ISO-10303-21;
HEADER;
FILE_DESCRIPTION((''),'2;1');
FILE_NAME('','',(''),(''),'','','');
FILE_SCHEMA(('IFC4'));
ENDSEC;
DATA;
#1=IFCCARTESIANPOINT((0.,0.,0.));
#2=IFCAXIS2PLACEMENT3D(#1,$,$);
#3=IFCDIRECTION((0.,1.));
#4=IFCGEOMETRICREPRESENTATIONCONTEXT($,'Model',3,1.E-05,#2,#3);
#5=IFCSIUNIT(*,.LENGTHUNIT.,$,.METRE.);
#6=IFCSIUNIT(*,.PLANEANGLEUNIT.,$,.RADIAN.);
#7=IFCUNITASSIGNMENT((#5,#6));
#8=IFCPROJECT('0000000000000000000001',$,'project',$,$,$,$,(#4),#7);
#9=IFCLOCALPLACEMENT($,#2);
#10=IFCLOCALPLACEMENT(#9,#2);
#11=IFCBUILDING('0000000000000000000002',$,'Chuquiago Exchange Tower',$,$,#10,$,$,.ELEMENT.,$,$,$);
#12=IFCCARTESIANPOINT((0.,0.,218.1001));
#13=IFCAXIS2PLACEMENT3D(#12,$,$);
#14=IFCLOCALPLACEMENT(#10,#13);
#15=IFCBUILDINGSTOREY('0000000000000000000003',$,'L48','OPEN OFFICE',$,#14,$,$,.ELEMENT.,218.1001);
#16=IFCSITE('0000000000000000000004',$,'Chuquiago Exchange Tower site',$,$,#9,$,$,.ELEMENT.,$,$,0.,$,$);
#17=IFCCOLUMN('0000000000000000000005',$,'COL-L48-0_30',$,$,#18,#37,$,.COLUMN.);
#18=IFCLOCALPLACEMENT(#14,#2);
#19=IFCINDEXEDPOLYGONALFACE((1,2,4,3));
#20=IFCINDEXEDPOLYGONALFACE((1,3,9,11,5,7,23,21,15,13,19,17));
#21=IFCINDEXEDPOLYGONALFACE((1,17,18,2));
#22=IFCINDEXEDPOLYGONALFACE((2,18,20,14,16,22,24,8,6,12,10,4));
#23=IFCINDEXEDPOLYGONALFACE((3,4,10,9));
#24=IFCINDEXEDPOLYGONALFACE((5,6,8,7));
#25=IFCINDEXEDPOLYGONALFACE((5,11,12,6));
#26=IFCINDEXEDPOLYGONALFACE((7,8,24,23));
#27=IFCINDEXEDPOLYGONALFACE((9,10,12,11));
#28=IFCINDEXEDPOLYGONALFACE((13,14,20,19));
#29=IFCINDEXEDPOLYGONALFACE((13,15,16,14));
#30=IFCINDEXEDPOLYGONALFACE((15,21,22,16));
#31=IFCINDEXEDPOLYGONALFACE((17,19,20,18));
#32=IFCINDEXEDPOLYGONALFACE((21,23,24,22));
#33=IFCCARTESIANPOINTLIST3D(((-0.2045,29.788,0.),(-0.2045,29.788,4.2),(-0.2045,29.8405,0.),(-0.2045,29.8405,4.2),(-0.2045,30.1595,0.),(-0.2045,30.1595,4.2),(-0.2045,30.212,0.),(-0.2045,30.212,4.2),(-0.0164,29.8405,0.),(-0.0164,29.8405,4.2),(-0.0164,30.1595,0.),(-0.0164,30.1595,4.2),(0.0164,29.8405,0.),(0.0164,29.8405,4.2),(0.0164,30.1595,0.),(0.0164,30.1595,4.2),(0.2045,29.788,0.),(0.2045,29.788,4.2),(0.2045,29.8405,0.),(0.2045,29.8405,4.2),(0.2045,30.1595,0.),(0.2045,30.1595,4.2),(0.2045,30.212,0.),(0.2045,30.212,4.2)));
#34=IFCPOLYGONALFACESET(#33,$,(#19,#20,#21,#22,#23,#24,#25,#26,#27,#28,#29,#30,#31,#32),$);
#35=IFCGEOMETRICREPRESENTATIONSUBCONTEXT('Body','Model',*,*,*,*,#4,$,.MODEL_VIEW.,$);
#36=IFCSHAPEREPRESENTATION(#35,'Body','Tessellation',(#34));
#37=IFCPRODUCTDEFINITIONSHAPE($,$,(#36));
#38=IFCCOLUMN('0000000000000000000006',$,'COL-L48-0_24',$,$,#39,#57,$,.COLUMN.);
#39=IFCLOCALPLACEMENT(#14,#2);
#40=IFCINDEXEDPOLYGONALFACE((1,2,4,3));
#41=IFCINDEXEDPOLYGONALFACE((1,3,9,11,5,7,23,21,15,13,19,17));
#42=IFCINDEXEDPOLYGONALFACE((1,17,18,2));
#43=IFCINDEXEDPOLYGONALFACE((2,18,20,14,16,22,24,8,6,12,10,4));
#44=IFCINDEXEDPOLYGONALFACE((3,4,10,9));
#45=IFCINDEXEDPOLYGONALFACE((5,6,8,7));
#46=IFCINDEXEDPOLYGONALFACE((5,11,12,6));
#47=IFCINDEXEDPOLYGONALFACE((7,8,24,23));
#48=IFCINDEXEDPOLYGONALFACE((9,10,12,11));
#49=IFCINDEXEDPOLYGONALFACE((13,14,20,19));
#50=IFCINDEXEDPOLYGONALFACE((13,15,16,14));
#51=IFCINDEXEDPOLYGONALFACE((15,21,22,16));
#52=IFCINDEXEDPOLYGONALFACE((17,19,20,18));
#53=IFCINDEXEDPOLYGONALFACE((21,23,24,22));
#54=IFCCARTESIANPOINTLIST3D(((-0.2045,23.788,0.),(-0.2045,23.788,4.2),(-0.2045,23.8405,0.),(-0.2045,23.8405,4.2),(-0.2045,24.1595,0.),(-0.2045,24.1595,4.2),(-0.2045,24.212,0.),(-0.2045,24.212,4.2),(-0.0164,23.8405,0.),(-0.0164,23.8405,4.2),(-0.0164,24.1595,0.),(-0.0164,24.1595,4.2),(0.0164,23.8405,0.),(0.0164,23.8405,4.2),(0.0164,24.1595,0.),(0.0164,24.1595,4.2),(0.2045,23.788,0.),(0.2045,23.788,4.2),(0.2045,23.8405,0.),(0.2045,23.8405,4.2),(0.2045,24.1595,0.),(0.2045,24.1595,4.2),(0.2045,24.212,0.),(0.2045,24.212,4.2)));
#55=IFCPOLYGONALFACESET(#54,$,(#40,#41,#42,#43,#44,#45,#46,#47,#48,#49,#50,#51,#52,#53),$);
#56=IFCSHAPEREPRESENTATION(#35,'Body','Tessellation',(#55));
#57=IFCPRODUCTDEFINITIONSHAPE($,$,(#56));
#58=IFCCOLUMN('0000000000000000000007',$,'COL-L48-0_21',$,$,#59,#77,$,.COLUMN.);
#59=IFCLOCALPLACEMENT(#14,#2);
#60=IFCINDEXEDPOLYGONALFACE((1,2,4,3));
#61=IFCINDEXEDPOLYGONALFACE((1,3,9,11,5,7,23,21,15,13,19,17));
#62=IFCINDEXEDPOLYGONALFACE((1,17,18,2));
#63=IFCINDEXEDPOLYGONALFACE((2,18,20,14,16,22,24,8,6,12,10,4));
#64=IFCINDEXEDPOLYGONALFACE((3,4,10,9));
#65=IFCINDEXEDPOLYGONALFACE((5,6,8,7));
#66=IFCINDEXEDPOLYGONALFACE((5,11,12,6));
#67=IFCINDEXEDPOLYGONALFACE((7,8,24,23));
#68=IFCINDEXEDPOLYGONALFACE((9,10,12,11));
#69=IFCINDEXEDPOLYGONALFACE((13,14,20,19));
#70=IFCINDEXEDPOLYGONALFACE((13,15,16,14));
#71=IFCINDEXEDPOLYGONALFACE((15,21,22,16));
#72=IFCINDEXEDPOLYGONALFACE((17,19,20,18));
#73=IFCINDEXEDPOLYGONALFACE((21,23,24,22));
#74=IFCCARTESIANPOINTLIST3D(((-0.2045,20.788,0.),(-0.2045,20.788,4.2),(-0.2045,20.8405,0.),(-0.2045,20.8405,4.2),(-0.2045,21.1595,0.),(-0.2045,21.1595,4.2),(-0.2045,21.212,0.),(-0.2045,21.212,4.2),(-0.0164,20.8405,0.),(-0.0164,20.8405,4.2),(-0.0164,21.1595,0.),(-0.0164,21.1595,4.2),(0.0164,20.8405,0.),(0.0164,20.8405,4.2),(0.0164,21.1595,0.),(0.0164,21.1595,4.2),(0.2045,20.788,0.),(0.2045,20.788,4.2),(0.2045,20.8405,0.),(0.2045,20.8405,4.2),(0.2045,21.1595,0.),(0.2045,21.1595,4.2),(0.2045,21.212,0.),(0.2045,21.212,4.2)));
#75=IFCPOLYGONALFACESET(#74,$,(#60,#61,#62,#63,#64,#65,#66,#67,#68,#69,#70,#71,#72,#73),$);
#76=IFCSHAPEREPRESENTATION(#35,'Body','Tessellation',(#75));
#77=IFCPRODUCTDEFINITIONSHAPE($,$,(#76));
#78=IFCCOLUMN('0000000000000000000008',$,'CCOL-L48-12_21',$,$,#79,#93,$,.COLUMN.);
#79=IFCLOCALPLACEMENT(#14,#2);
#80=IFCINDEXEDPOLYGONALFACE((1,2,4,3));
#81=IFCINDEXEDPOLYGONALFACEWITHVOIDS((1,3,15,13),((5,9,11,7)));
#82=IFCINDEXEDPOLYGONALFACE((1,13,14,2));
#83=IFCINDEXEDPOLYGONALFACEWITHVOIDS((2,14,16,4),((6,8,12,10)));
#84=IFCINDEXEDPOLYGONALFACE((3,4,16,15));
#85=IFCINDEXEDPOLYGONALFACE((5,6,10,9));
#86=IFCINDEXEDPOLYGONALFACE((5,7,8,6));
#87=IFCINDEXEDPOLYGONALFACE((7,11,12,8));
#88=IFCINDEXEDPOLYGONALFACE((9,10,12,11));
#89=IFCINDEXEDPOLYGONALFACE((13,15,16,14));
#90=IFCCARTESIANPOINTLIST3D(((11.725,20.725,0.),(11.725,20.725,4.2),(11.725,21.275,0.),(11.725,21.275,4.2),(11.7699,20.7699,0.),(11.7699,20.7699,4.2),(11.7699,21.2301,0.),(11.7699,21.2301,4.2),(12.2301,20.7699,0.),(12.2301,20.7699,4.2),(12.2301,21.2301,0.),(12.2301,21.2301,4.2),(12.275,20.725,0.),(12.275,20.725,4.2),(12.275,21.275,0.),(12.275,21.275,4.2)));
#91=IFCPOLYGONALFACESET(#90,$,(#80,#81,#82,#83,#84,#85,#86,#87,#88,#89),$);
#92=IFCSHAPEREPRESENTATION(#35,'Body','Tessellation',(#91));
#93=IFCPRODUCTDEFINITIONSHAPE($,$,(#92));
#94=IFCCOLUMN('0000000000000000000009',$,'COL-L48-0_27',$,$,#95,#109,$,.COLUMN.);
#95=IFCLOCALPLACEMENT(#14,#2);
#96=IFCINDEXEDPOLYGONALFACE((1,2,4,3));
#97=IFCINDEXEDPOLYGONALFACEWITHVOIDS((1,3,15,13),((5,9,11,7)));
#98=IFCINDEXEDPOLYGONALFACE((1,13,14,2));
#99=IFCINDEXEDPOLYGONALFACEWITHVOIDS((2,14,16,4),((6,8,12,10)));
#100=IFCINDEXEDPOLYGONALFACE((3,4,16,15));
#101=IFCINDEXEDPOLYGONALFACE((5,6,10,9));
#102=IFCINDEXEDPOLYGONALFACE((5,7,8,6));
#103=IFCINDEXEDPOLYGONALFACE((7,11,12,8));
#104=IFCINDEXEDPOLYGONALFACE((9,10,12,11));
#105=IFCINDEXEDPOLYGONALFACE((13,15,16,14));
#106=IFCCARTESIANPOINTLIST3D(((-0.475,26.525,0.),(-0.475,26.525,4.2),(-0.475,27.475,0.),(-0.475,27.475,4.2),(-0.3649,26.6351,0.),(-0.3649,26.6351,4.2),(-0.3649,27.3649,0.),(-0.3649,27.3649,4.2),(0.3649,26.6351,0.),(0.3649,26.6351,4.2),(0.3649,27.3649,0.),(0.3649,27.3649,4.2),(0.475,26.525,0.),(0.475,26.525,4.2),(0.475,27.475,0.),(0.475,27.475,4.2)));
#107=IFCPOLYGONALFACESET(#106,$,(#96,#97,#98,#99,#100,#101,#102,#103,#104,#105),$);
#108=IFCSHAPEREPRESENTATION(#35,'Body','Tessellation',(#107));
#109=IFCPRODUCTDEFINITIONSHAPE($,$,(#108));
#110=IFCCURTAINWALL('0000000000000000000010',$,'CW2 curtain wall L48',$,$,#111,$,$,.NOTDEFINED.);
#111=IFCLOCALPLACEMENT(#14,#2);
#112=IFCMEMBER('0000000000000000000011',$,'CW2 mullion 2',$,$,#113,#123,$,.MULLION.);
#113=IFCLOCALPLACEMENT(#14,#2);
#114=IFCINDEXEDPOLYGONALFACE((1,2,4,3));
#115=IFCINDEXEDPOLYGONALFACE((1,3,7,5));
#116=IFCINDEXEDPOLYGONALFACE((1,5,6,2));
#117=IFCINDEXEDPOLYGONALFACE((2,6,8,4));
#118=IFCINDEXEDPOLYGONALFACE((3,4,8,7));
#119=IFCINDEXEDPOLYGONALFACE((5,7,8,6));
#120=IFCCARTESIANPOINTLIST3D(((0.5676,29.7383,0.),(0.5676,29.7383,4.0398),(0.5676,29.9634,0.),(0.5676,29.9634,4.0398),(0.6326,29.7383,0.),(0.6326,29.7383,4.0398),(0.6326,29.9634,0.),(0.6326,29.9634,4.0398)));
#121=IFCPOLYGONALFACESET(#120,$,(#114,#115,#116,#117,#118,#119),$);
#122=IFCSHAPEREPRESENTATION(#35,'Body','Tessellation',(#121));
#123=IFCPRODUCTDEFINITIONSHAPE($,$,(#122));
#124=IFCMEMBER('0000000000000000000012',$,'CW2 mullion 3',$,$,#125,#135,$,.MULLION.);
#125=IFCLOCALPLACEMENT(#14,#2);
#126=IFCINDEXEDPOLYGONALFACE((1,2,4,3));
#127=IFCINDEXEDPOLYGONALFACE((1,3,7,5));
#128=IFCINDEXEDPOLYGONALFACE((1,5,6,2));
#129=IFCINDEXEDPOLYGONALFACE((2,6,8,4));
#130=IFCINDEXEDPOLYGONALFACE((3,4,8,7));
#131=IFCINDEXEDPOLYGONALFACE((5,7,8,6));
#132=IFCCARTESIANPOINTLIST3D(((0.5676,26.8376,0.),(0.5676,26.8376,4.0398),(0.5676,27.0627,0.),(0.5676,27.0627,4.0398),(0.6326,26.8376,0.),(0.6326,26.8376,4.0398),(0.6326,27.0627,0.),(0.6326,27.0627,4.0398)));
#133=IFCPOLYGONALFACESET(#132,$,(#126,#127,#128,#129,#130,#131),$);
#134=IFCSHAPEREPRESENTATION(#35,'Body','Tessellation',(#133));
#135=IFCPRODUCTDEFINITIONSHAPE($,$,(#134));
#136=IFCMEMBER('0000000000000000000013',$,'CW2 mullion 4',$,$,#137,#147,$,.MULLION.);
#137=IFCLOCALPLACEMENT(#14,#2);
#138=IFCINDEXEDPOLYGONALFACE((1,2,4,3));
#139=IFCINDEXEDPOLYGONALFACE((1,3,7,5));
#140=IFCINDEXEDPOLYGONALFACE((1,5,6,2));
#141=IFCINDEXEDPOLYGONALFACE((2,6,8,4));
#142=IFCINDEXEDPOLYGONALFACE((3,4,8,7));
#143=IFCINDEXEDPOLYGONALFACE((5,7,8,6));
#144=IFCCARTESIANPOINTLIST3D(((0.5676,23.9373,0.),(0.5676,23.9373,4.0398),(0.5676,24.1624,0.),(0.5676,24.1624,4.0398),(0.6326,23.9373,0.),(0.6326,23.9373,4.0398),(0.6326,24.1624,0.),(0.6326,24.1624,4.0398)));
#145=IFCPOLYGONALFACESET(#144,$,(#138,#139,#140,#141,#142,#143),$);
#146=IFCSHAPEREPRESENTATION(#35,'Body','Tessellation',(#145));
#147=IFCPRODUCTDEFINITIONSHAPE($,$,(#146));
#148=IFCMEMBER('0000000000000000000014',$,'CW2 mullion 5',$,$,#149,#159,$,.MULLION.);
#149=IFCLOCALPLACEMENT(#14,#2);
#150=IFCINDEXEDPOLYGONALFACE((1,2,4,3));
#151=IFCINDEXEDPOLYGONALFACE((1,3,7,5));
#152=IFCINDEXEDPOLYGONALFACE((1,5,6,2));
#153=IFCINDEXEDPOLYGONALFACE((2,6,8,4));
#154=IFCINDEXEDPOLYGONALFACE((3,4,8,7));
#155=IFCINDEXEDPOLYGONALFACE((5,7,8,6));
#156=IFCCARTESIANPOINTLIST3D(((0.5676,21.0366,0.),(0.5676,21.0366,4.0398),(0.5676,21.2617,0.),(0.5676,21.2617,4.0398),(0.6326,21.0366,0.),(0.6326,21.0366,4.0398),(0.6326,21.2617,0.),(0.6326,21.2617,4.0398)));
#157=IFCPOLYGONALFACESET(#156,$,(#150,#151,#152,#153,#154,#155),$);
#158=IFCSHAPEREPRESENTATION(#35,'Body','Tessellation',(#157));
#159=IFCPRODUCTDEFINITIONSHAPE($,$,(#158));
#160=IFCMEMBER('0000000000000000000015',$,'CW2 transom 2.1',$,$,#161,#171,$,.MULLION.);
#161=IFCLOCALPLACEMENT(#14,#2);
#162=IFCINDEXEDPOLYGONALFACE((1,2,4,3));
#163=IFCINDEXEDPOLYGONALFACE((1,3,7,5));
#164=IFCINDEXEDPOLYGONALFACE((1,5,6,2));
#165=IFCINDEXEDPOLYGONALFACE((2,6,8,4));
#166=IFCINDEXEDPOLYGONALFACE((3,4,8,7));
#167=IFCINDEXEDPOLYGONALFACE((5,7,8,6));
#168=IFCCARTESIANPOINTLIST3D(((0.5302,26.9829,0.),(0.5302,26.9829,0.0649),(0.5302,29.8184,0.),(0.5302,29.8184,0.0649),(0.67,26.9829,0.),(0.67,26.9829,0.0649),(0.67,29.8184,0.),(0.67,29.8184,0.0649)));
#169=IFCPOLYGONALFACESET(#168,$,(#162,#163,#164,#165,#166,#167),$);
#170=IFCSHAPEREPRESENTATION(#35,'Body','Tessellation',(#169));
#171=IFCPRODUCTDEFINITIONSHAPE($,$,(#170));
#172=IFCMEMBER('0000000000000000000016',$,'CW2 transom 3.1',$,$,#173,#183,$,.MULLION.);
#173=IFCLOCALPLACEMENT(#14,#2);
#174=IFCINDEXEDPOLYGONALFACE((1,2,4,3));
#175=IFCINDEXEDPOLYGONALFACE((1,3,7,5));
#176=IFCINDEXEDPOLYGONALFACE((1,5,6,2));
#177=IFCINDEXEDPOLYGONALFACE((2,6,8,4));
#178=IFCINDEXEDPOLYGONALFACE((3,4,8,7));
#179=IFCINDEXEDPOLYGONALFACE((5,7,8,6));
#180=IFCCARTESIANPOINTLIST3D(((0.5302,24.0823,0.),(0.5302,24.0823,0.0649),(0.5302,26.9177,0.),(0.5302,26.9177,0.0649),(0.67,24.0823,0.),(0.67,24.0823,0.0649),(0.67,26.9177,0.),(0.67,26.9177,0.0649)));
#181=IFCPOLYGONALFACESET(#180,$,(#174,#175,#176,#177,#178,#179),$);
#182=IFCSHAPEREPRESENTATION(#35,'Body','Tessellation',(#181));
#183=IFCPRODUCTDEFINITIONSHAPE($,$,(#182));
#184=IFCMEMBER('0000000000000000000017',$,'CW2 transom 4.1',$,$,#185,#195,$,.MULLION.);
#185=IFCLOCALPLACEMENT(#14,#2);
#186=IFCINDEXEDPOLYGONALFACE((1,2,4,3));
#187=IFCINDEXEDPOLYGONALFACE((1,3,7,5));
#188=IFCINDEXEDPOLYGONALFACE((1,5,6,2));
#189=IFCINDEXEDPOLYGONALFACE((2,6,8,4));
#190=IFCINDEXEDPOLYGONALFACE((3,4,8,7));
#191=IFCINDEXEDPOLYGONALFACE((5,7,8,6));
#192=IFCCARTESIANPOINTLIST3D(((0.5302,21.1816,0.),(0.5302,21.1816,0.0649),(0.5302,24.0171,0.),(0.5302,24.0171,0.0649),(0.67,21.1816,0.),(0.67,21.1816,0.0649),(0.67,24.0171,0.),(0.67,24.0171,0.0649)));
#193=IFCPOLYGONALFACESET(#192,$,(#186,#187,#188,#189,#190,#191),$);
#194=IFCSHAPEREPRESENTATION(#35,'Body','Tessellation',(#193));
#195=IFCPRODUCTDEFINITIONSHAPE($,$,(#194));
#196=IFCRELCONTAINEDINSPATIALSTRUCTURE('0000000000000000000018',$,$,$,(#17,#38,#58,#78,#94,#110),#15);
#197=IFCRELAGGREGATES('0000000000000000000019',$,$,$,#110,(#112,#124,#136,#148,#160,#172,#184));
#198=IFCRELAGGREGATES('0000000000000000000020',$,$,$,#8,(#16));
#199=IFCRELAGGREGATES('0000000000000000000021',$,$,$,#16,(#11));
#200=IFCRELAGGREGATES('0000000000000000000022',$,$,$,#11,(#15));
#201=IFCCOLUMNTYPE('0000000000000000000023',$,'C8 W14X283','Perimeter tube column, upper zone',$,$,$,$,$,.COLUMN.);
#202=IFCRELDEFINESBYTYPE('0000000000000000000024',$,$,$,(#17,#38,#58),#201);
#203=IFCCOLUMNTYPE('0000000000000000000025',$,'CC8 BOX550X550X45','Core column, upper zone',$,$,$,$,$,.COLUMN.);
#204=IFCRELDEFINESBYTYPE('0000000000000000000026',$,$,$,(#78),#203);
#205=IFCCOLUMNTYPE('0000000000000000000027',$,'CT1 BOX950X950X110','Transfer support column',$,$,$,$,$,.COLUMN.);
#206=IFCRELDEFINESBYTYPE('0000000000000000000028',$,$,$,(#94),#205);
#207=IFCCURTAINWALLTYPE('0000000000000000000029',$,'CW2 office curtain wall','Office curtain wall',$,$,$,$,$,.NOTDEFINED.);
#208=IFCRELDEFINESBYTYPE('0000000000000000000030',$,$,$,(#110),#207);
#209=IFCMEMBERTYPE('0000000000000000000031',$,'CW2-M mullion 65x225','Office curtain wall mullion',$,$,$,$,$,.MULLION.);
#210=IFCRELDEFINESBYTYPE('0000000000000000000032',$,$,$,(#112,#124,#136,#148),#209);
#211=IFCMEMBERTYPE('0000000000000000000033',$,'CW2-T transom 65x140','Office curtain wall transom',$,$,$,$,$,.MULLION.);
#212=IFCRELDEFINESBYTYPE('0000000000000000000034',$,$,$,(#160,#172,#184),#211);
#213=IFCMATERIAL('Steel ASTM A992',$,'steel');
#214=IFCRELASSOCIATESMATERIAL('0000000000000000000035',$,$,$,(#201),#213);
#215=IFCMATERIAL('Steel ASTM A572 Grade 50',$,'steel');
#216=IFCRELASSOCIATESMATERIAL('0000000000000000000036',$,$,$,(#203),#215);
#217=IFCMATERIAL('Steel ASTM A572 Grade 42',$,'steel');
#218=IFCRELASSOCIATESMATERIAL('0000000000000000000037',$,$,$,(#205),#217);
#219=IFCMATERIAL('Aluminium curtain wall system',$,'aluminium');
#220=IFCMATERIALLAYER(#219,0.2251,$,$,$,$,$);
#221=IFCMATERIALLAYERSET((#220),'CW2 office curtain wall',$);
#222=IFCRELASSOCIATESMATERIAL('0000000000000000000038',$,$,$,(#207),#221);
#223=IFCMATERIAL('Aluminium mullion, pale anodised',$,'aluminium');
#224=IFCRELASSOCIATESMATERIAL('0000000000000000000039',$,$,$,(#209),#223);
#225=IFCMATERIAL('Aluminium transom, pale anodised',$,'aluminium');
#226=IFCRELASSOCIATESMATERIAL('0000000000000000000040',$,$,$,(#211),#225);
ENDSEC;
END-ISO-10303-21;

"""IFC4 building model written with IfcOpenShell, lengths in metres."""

from ifc_helpers import new_model, si_unit, direction, frame, origin, origin_2d, place, context, subcontext, project, spatial, rectangle, hollow_rectangle, i_section, extrude, material, layer, layer_set, material_profile, profile_set, type_object, element, aggregate, save


model = new_model("IFC4")

# Units and contexts
model_context = context("Model", 3, precision=1e-05, world=origin(), true_north=direction((0.0, 1.0)))
body_context = subcontext(model_context, "Body", "Model", "MODEL_VIEW")
ifc_project = project(units=[si_unit("LENGTHUNIT", "METRE"), si_unit("PLANEANGLEUNIT", "RADIAN")], contexts=[model_context])

# Site, building, storey
site_placement = place(None, origin())
site = spatial("IfcSite", under=ifc_project, at=site_placement, Name="Chuquiago Exchange Tower site", CompositionType="ELEMENT", RefElevation=0.0)
building_placement = place(site_placement, origin())
building = spatial("IfcBuilding", under=site, at=building_placement, Name="Chuquiago Exchange Tower", CompositionType="ELEMENT")
storey_placement = place(building_placement, frame((0.0, 0.0, 218.1001)))
storey = spatial("IfcBuildingStorey", under=building, at=storey_placement, Name="L48", Description="OPEN OFFICE", CompositionType="ELEMENT", Elevation=218.1001)

# Columns
ifc_material_1 = material(Name="Steel ASTM A992", Category="steel")
ifc_material_profile_1 = material_profile(ifc_material_1, i_section(OverallWidth=0.4089, OverallDepth=0.4241, WebThickness=0.0327, FlangeThickness=0.0525, at=origin_2d()), Name="W14X283")
ifc_profile_set_1 = profile_set([ifc_material_profile_1], Name="Steel ASTM A992")
column_type_1 = type_object("IfcColumnType", Name="C8 W14X283", Description="Perimeter tube column, upper zone", PredefinedType="COLUMN", material=ifc_profile_set_1)
for number, where, z_axis, x_axis, name in (
    (1, (0.0, 30.0, 0.0), (0.0, 0.0, 1.0), (-1.0, 0.0, 0.0), "COL-L48-0_30"),
    (2, (0.0, 24.0, 0.0), (0.0, 0.0, 1.0), (-1.0, 0.0, 0.0), "COL-L48-0_24"),
    (3, (0.0, 21.0, 0.0), (0.0, 0.0, 1.0), (-1.0, 0.0, 0.0), "COL-L48-0_21"),
):
    element("IfcColumn", number, at=place(storey_placement, frame(where, z_axis=z_axis, x_axis=x_axis)), inside=storey, type_object=column_type_1, Name=name, PredefinedType="COLUMN", context=body_context, shape_type="SweptSolid", body=[
        extrude(i_section(OverallWidth=0.4089, OverallDepth=0.4241, WebThickness=0.0327, FlangeThickness=0.0525, at=origin_2d()), origin(), (0.0, 0.0, 1.0), 4.2),
    ])
ifc_material_2 = material(Name="Steel ASTM A572 Grade 50", Category="steel")
ifc_material_profile_2 = material_profile(ifc_material_2, hollow_rectangle(XDim=0.55, YDim=0.55, WallThickness=0.0449, at=origin_2d()), Name="BOX550X550X45")
ifc_profile_set_2 = profile_set([ifc_material_profile_2], Name="Steel ASTM A572 Grade 50")
column_type_2 = type_object("IfcColumnType", Name="CC8 BOX550X550X45", Description="Core column, upper zone", PredefinedType="COLUMN", material=ifc_profile_set_2)
column_1_placement = place(storey_placement, frame((12.0, 21.0, 0.0), z_axis=(0.0, 0.0, 1.0), x_axis=(1.0, 0.0, 0.0)))
element("IfcColumn", 4, at=column_1_placement, inside=storey, type_object=column_type_2, Name="CCOL-L48-12_21", PredefinedType="COLUMN", context=body_context, shape_type="SweptSolid", body=[
    extrude(hollow_rectangle(XDim=0.55, YDim=0.55, WallThickness=0.0449, at=origin_2d()), origin(), (0.0, 0.0, 1.0), 4.2),
])
ifc_material_3 = material(Name="Steel ASTM A572 Grade 42", Category="steel")
ifc_material_profile_3 = material_profile(ifc_material_3, hollow_rectangle(XDim=0.95, YDim=0.95, WallThickness=0.1101, at=origin_2d()), Name="BOX950X950X110")
ifc_profile_set_3 = profile_set([ifc_material_profile_3], Name="Steel ASTM A572 Grade 42")
column_type_3 = type_object("IfcColumnType", Name="CT1 BOX950X950X110", Description="Transfer support column", PredefinedType="COLUMN", material=ifc_profile_set_3)
column_2_placement = place(storey_placement, frame((0.0, 27.0, 0.0), z_axis=(0.0, 0.0, 1.0), x_axis=(-1.0, 0.0, 0.0)))
element("IfcColumn", 5, at=column_2_placement, inside=storey, type_object=column_type_3, Name="COL-L48-0_27", PredefinedType="COLUMN", context=body_context, shape_type="SweptSolid", body=[
    extrude(hollow_rectangle(XDim=0.95, YDim=0.95, WallThickness=0.1101, at=origin_2d()), origin(), (0.0, 0.0, 1.0), 4.2),
])

# Curtain wall, members
ifc_material_4 = material(Name="Aluminium curtain wall system", Category="aluminium")
ifc_layer_1 = layer(ifc_material_4, 0.2251)
ifc_layer_set_1 = layer_set([ifc_layer_1], Name="CW2 office curtain wall")
curtain_wall_type = type_object("IfcCurtainWallType", Name="CW2 office curtain wall", Description="Office curtain wall", PredefinedType="NOTDEFINED", material=ifc_layer_set_1)
curtain_wall_placement = place(storey_placement, origin())
curtain_wall = element("IfcCurtainWall", 6, at=curtain_wall_placement, inside=storey, type_object=curtain_wall_type, Name="CW2 curtain wall L48", PredefinedType="NOTDEFINED")
ifc_material_5 = material(Name="Aluminium mullion, pale anodised", Category="aluminium")
ifc_material_profile_4 = material_profile(ifc_material_5, rectangle(XDim=0.0649, YDim=0.2251, at=origin_2d()), Name="AL 65x225")
ifc_profile_set_4 = profile_set([ifc_material_profile_4], Name="Aluminium mullion, pale anodised")
member_type_1 = type_object("IfcMemberType", Name="CW2-M mullion 65x225", Description="Office curtain wall mullion", PredefinedType="MULLION", material=ifc_profile_set_4)
member_1_placement = place(storey_placement, frame((0.6001, 29.8508, 0.0), z_axis=(0.0, 0.0, 1.0), x_axis=(1.0, 0.0, 0.0)))
member_1 = element("IfcMember", 7, at=member_1_placement, type_object=member_type_1, Name="CW2 mullion 2", PredefinedType="MULLION", context=body_context, shape_type="SweptSolid", body=[
    extrude(rectangle(XDim=0.0649, YDim=0.2251, at=origin_2d()), origin(), (0.0, 0.0, 1.0), 4.0398),
])
member_2_placement = place(storey_placement, frame((0.6001, 26.9502, 0.0), z_axis=(0.0, 0.0, 1.0), x_axis=(1.0, 0.0, 0.0)))
member_2 = element("IfcMember", 8, at=member_2_placement, type_object=member_type_1, Name="CW2 mullion 3", PredefinedType="MULLION", context=body_context, shape_type="SweptSolid", body=[
    extrude(rectangle(XDim=0.0649, YDim=0.2251, at=origin_2d()), origin(), (0.0, 0.0, 1.0), 4.0398),
])
member_3_placement = place(storey_placement, frame((0.6001, 24.0498, 0.0), z_axis=(0.0, 0.0, 1.0), x_axis=(1.0, 0.0, 0.0)))
member_3 = element("IfcMember", 9, at=member_3_placement, type_object=member_type_1, Name="CW2 mullion 4", PredefinedType="MULLION", context=body_context, shape_type="SweptSolid", body=[
    extrude(rectangle(XDim=0.0649, YDim=0.2251, at=origin_2d()), origin(), (0.0, 0.0, 1.0), 4.0398),
])
member_4_placement = place(storey_placement, frame((0.6001, 21.1492, 0.0), z_axis=(0.0, 0.0, 1.0), x_axis=(1.0, 0.0, 0.0)))
member_4 = element("IfcMember", 10, at=member_4_placement, type_object=member_type_1, Name="CW2 mullion 5", PredefinedType="MULLION", context=body_context, shape_type="SweptSolid", body=[
    extrude(rectangle(XDim=0.0649, YDim=0.2251, at=origin_2d()), origin(), (0.0, 0.0, 1.0), 4.0398),
])
ifc_material_6 = material(Name="Aluminium transom, pale anodised", Category="aluminium")
ifc_material_profile_5 = material_profile(ifc_material_6, rectangle(XDim=0.1399, YDim=0.0649, at=origin_2d()), Name="AL 140x65")
ifc_profile_set_5 = profile_set([ifc_material_profile_5], Name="Aluminium transom, pale anodised")
member_type_2 = type_object("IfcMemberType", Name="CW2-T transom 65x140", Description="Office curtain wall transom", PredefinedType="MULLION", material=ifc_profile_set_5)
member_5_placement = place(storey_placement, frame((0.6001, 29.8184, 0.0325), z_axis=(0.0, -1.0, 0.0), x_axis=(1.0, 0.0, 0.0)))
member_5 = element("IfcMember", 11, at=member_5_placement, type_object=member_type_2, Name="CW2 transom 2.1", PredefinedType="MULLION", context=body_context, shape_type="SweptSolid", body=[
    extrude(rectangle(XDim=0.1399, YDim=0.0649, at=origin_2d()), origin(), (0.0, 0.0, 1.0), 2.8354),
])
member_6_placement = place(storey_placement, frame((0.6001, 26.9177, 0.0325), z_axis=(0.0, -1.0, 0.0), x_axis=(1.0, 0.0, 0.0)))
member_6 = element("IfcMember", 12, at=member_6_placement, type_object=member_type_2, Name="CW2 transom 3.1", PredefinedType="MULLION", context=body_context, shape_type="SweptSolid", body=[
    extrude(rectangle(XDim=0.1399, YDim=0.0649, at=origin_2d()), origin(), (0.0, 0.0, 1.0), 2.8354),
])
member_7_placement = place(storey_placement, frame((0.6001, 24.0171, 0.0325), z_axis=(0.0, -1.0, 0.0), x_axis=(1.0, 0.0, 0.0)))
member_7 = element("IfcMember", 13, at=member_7_placement, type_object=member_type_2, Name="CW2 transom 4.1", PredefinedType="MULLION", context=body_context, shape_type="SweptSolid", body=[
    extrude(rectangle(XDim=0.1399, YDim=0.0649, at=origin_2d()), origin(), (0.0, 0.0, 1.0), 2.8354),
])

aggregate(curtain_wall, [member_1, member_2, member_3, member_4, member_5, member_6, member_7])

save(model, "model.ifc")
